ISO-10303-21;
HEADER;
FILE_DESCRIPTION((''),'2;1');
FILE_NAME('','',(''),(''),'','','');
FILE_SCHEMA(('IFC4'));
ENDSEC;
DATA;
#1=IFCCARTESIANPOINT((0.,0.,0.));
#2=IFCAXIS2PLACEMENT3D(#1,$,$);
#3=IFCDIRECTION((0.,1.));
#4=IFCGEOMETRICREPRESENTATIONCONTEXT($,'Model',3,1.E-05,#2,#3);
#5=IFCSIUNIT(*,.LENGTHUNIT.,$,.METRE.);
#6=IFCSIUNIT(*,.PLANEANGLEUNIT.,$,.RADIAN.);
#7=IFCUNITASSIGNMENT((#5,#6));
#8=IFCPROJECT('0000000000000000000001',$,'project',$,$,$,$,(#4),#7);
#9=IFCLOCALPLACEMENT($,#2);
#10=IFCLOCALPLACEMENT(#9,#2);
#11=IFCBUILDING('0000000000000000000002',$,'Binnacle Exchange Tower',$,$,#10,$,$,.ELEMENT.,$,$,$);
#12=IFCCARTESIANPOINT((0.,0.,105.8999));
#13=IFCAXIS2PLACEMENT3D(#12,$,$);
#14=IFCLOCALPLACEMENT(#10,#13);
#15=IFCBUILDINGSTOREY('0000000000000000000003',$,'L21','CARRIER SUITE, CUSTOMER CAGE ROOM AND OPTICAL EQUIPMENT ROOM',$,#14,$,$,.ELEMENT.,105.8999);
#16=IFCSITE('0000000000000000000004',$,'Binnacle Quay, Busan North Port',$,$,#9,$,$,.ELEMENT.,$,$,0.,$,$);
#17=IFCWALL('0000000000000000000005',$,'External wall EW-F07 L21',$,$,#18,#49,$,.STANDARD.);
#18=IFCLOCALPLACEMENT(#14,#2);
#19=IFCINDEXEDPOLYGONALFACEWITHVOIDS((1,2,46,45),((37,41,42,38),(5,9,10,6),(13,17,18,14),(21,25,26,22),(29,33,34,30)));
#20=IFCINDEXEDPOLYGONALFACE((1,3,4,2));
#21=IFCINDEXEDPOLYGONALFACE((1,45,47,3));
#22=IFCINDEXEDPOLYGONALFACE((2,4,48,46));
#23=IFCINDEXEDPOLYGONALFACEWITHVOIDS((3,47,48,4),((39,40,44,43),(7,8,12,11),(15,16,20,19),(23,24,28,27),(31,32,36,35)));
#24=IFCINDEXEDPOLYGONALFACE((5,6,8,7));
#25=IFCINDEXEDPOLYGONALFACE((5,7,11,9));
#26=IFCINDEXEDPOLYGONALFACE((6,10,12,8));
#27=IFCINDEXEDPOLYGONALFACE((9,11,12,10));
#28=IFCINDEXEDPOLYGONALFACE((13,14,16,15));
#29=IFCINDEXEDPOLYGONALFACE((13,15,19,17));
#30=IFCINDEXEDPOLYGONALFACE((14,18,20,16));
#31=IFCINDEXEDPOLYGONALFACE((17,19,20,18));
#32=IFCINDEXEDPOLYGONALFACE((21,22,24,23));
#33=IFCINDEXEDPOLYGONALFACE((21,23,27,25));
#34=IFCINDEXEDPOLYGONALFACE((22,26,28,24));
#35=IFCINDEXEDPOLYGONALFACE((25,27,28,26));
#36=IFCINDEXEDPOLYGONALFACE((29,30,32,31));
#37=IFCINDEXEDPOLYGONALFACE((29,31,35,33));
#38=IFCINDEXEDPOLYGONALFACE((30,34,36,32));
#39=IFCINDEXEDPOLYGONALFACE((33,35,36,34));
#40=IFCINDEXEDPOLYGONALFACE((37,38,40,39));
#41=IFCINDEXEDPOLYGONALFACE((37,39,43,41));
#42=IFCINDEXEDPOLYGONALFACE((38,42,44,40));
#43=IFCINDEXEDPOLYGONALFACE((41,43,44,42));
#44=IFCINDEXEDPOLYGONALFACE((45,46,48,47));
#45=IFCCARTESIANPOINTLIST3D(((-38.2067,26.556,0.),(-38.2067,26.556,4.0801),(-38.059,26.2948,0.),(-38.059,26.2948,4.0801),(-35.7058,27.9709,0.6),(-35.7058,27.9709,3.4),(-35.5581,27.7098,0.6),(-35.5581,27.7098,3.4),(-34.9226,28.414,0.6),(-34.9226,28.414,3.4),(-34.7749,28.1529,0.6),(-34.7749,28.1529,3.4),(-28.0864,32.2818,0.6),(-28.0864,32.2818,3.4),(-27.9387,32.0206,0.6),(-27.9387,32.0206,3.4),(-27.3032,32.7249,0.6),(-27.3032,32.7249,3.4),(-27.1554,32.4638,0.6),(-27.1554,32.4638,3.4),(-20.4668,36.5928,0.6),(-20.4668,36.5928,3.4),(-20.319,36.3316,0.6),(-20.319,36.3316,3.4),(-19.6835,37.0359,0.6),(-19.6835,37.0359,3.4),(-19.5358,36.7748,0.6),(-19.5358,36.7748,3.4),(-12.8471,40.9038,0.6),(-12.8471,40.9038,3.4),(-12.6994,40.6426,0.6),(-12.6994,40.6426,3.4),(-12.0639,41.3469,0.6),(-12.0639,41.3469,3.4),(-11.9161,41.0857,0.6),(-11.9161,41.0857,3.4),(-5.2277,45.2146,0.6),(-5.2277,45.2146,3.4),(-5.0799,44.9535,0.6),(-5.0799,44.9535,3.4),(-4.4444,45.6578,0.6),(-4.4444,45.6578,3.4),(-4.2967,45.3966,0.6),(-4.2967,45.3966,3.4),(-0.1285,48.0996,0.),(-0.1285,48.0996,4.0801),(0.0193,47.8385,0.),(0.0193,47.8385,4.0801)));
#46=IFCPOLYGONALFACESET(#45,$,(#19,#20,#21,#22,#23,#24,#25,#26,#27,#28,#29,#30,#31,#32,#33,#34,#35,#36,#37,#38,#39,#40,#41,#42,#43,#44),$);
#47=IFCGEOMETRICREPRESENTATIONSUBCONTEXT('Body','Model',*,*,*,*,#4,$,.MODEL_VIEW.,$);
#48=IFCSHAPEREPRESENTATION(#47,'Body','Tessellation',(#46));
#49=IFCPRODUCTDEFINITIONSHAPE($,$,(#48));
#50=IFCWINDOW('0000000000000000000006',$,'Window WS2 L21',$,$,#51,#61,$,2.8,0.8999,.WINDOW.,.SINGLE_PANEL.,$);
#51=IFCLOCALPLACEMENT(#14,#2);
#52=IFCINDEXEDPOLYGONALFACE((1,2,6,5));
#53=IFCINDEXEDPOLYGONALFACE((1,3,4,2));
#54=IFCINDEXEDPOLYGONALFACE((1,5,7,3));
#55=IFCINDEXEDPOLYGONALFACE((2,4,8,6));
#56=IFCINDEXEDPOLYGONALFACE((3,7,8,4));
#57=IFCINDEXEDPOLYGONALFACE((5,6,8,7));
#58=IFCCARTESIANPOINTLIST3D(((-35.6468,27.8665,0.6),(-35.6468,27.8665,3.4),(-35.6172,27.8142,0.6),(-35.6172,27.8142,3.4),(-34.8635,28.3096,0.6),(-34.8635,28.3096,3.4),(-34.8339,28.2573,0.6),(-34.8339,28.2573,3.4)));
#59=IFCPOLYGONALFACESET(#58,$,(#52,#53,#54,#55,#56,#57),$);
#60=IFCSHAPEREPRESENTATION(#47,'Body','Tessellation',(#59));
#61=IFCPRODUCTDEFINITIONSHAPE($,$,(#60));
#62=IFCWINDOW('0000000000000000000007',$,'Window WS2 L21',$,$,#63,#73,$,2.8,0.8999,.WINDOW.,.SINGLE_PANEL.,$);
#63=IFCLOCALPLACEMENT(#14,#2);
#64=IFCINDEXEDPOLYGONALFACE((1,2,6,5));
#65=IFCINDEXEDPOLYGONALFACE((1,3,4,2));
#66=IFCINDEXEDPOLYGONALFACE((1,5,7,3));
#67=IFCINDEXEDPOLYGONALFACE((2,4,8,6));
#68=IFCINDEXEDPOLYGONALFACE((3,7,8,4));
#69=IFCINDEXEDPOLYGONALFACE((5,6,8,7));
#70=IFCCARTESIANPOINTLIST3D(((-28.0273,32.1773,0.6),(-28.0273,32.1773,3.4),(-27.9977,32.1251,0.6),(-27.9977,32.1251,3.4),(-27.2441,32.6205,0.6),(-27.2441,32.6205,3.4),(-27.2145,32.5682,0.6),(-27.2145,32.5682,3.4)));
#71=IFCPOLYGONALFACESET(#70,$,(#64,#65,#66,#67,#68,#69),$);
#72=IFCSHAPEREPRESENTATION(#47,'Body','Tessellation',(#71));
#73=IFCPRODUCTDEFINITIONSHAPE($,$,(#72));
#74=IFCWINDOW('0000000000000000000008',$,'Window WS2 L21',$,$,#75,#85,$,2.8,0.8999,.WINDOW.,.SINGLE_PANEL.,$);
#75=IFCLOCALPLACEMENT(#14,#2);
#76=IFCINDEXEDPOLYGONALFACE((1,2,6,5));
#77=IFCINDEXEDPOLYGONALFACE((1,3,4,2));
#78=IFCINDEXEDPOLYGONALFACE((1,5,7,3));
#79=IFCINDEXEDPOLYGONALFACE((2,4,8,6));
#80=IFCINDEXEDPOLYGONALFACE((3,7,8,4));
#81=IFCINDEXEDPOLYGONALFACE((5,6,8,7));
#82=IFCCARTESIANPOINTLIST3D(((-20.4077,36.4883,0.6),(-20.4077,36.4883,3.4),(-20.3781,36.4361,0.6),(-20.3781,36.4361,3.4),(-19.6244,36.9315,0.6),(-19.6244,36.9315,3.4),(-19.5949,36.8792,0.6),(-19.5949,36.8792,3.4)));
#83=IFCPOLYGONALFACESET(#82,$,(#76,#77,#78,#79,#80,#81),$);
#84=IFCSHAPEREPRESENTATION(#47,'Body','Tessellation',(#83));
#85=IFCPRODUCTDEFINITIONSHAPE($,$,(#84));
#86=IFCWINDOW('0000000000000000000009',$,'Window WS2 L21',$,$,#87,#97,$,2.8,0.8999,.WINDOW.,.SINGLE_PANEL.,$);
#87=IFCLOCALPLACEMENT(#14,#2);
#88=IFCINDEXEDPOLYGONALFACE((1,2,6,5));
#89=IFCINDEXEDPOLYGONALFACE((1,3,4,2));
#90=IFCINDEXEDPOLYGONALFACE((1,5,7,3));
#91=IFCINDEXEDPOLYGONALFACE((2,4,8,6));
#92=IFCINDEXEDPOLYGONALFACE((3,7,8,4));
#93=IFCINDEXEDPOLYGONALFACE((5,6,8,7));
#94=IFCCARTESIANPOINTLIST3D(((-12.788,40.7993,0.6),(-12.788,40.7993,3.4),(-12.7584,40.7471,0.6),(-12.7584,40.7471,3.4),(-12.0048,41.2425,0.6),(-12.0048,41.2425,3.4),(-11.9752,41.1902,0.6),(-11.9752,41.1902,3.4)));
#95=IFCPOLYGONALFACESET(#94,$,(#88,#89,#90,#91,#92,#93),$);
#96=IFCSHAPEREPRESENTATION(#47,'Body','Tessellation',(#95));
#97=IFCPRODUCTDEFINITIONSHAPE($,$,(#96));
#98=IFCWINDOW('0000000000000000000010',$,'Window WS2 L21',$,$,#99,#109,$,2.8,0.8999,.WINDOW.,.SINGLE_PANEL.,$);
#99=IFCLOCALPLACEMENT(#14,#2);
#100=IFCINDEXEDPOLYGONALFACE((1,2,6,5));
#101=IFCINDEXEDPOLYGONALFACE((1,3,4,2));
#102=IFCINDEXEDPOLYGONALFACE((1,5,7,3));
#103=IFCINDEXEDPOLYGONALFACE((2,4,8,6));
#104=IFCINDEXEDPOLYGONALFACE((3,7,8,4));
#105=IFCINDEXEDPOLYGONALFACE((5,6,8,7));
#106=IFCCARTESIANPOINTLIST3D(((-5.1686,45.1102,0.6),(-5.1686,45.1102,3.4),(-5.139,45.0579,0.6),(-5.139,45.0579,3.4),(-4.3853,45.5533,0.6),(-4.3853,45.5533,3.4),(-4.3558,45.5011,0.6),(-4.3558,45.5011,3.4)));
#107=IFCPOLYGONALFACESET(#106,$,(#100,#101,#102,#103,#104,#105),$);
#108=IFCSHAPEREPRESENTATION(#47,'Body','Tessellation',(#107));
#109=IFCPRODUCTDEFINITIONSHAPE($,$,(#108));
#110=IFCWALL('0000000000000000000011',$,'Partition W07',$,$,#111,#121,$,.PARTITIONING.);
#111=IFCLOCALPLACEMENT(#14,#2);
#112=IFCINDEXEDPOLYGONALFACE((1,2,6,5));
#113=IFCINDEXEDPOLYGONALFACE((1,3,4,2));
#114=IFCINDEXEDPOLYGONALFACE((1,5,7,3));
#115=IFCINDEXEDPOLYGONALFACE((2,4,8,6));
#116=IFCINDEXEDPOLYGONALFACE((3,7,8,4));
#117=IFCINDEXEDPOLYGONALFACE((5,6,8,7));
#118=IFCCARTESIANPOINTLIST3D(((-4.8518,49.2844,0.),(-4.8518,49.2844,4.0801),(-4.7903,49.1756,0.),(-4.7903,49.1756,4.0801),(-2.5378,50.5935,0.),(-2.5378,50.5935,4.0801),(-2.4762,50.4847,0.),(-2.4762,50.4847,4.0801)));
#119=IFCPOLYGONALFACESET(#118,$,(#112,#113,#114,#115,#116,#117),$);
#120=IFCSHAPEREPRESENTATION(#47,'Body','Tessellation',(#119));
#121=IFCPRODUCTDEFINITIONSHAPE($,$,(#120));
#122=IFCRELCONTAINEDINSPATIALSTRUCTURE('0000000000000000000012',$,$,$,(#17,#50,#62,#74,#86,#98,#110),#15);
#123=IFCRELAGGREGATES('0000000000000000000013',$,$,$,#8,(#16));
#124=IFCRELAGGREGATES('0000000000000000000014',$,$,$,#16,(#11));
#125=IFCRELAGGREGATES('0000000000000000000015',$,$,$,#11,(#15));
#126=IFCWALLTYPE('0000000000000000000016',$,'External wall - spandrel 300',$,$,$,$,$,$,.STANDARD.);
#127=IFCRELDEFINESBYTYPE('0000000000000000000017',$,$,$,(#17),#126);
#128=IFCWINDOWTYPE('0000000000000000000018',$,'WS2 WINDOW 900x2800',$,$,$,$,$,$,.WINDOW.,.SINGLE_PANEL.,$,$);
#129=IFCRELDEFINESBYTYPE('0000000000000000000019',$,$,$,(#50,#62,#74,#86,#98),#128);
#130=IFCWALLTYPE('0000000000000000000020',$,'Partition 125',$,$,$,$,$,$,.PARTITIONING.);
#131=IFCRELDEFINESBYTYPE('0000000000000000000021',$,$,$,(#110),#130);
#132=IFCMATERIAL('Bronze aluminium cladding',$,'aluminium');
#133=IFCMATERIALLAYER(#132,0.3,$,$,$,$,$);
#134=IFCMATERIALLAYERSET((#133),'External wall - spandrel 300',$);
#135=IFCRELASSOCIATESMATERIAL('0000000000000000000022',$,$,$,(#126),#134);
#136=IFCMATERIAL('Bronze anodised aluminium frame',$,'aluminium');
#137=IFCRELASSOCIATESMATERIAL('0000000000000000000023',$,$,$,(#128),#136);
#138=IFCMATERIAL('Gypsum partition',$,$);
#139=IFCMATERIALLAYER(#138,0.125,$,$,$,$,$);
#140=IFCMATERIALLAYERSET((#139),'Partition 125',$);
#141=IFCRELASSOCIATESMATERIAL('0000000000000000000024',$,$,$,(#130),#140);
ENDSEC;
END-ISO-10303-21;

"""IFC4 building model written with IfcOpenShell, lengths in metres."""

from ifc_helpers import new_model, si_unit, direction, frame, frame_2d, origin, place, context, subcontext, project, spatial, rectangle, extrude, material, layer, layer_set, type_object, element, fill, save


model = new_model("IFC4")

# Units and contexts
model_context = context("Model", 3, precision=1e-05, world=origin(), true_north=direction((0.0, 1.0)))
body_context = subcontext(model_context, "Body", "Model", "MODEL_VIEW")
ifc_project = project(units=[si_unit("LENGTHUNIT", "METRE"), si_unit("PLANEANGLEUNIT", "RADIAN")], contexts=[model_context])

# Site, building, storey
site_placement = place(None, origin())
site = spatial("IfcSite", under=ifc_project, at=site_placement, Name="Binnacle Quay, Busan North Port", CompositionType="ELEMENT", RefElevation=0.0)
building_placement = place(site_placement, origin())
building = spatial("IfcBuilding", under=site, at=building_placement, Name="Binnacle Exchange Tower", CompositionType="ELEMENT")
storey_placement = place(building_placement, frame((0.0, 0.0, 105.8999)))
storey = spatial("IfcBuildingStorey", under=building, at=storey_placement, Name="L21", Description="CARRIER SUITE, CUSTOMER CAGE ROOM AND OPTICAL EQUIPMENT ROOM", CompositionType="ELEMENT", Elevation=105.8999)

# Wall, openings, windows
ifc_material_1 = material(Name="Bronze aluminium cladding", Category="aluminium")
ifc_layer_1 = layer(ifc_material_1, 0.3)
ifc_layer_set_1 = layer_set([ifc_layer_1], Name="External wall - spandrel 300")
wall_type_1 = type_object("IfcWallType", Name="External wall - spandrel 300", PredefinedType="STANDARD", material=ifc_layer_set_1)
wall_1_placement = place(storey_placement, frame((-0.0547, 47.969, 0.0), z_axis=(0.0, 0.0, 1.0), x_axis=(-0.870356, -0.492423, 0.0)))
wall_1 = element("IfcWall", 1, at=wall_1_placement, inside=storey, type_object=wall_type_1, Name="External wall EW-F07 L21", PredefinedType="STANDARD", context=body_context, shape_type="SweptSolid", body=[
    extrude(rectangle(XDim=43.7502, YDim=0.3, at=frame_2d((21.875, 0.0))), origin(), (0.0, 0.0, 1.0), 4.0801),
])
opening_1_placement = place(wall_1_placement, frame((39.9768, 0.0, 0.6001)))
opening_1 = element("IfcOpeningElement", 2, at=opening_1_placement, cuts=wall_1, PredefinedType="OPENING", context=body_context, shape_type="SweptSolid", body=[
    extrude(rectangle(XDim=0.8999, YDim=2.8, at=frame_2d((0.45, 1.3999))), frame((0.0, 0.1599, 0.0), z_axis=(0.0, -1.0, 0.0), x_axis=(1.0, 0.0, 0.0)), (0.0, 0.0, 1.0), 0.3201),
])
opening_2_placement = place(wall_1_placement, frame((31.2224, 0.0, 0.6001)))
opening_2 = element("IfcOpeningElement", 3, at=opening_2_placement, cuts=wall_1, PredefinedType="OPENING", context=body_context, shape_type="SweptSolid", body=[
    extrude(rectangle(XDim=0.8999, YDim=2.8, at=frame_2d((0.45, 1.3999))), frame((0.0, 0.1599, 0.0), z_axis=(0.0, -1.0, 0.0), x_axis=(1.0, 0.0, 0.0)), (0.0, 0.0, 1.0), 0.3201),
])
opening_3_placement = place(wall_1_placement, frame((22.4678, 0.0, 0.6001)))
opening_3 = element("IfcOpeningElement", 4, at=opening_3_placement, cuts=wall_1, PredefinedType="OPENING", context=body_context, shape_type="SweptSolid", body=[
    extrude(rectangle(XDim=0.8999, YDim=2.8, at=frame_2d((0.45, 1.3999))), frame((0.0, 0.1599, 0.0), z_axis=(0.0, -1.0, 0.0), x_axis=(1.0, 0.0, 0.0)), (0.0, 0.0, 1.0), 0.3201),
])
opening_4_placement = place(wall_1_placement, frame((13.7131, 0.0, 0.6001)))
opening_4 = element("IfcOpeningElement", 5, at=opening_4_placement, cuts=wall_1, PredefinedType="OPENING", context=body_context, shape_type="SweptSolid", body=[
    extrude(rectangle(XDim=0.8999, YDim=2.8, at=frame_2d((0.45, 1.3999))), frame((0.0, 0.1599, 0.0), z_axis=(0.0, -1.0, 0.0), x_axis=(1.0, 0.0, 0.0)), (0.0, 0.0, 1.0), 0.3201),
])
opening_5_placement = place(wall_1_placement, frame((4.9587, 0.0, 0.6001)))
opening_5 = element("IfcOpeningElement", 6, at=opening_5_placement, cuts=wall_1, PredefinedType="OPENING", context=body_context, shape_type="SweptSolid", body=[
    extrude(rectangle(XDim=0.8999, YDim=2.8, at=frame_2d((0.45, 1.3999))), frame((0.0, 0.1599, 0.0), z_axis=(0.0, -1.0, 0.0), x_axis=(1.0, 0.0, 0.0)), (0.0, 0.0, 1.0), 0.3201),
])
ifc_material_2 = material(Name="Bronze anodised aluminium frame", Category="aluminium")
window_type = type_object("IfcWindowType", Name="WS2 WINDOW 900x2800", PartitioningType="SINGLE_PANEL", PredefinedType="WINDOW", material=ifc_material_2)
window_1_placement = place(opening_1_placement, origin())
window_1 = element("IfcWindow", 7, at=window_1_placement, inside=storey, type_object=window_type, Name="Window WS2 L21", OverallHeight=2.8, OverallWidth=0.8999, PartitioningType="SINGLE_PANEL", PredefinedType="WINDOW", context=body_context, shape_type="SweptSolid", body=[
    extrude(rectangle(XDim=0.8999, YDim=2.8, at=frame_2d((0.45, 1.3999))), frame((0.0, 0.03, 0.0), z_axis=(0.0, -1.0, 0.0), x_axis=(1.0, 0.0, 0.0)), (0.0, 0.0, 1.0), 0.0601),
])
fill(opening_1, window_1)
window_2_placement = place(opening_2_placement, origin())
window_2 = element("IfcWindow", 8, at=window_2_placement, inside=storey, type_object=window_type, Name="Window WS2 L21", OverallHeight=2.8, OverallWidth=0.8999, PartitioningType="SINGLE_PANEL", PredefinedType="WINDOW", context=body_context, shape_type="SweptSolid", body=[
    extrude(rectangle(XDim=0.8999, YDim=2.8, at=frame_2d((0.45, 1.3999))), frame((0.0, 0.03, 0.0), z_axis=(0.0, -1.0, 0.0), x_axis=(1.0, 0.0, 0.0)), (0.0, 0.0, 1.0), 0.0601),
])
fill(opening_2, window_2)
window_3_placement = place(opening_3_placement, origin())
window_3 = element("IfcWindow", 9, at=window_3_placement, inside=storey, type_object=window_type, Name="Window WS2 L21", OverallHeight=2.8, OverallWidth=0.8999, PartitioningType="SINGLE_PANEL", PredefinedType="WINDOW", context=body_context, shape_type="SweptSolid", body=[
    extrude(rectangle(XDim=0.8999, YDim=2.8, at=frame_2d((0.45, 1.3999))), frame((0.0, 0.03, 0.0), z_axis=(0.0, -1.0, 0.0), x_axis=(1.0, 0.0, 0.0)), (0.0, 0.0, 1.0), 0.0601),
])
fill(opening_3, window_3)
window_4_placement = place(opening_4_placement, origin())
window_4 = element("IfcWindow", 10, at=window_4_placement, inside=storey, type_object=window_type, Name="Window WS2 L21", OverallHeight=2.8, OverallWidth=0.8999, PartitioningType="SINGLE_PANEL", PredefinedType="WINDOW", context=body_context, shape_type="SweptSolid", body=[
    extrude(rectangle(XDim=0.8999, YDim=2.8, at=frame_2d((0.45, 1.3999))), frame((0.0, 0.03, 0.0), z_axis=(0.0, -1.0, 0.0), x_axis=(1.0, 0.0, 0.0)), (0.0, 0.0, 1.0), 0.0601),
])
fill(opening_4, window_4)
window_5_placement = place(opening_5_placement, origin())
window_5 = element("IfcWindow", 11, at=window_5_placement, inside=storey, type_object=window_type, Name="Window WS2 L21", OverallHeight=2.8, OverallWidth=0.8999, PartitioningType="SINGLE_PANEL", PredefinedType="WINDOW", context=body_context, shape_type="SweptSolid", body=[
    extrude(rectangle(XDim=0.8999, YDim=2.8, at=frame_2d((0.45, 1.3999))), frame((0.0, 0.03, 0.0), z_axis=(0.0, -1.0, 0.0), x_axis=(1.0, 0.0, 0.0)), (0.0, 0.0, 1.0), 0.0601),
])
fill(opening_5, window_5)

# Wall
ifc_material_3 = material(Name="Gypsum partition")
ifc_layer_2 = layer(ifc_material_3, 0.125)
ifc_layer_set_2 = layer_set([ifc_layer_2], Name="Partition 125")
wall_type_2 = type_object("IfcWallType", Name="Partition 125", PredefinedType="PARTITIONING", material=ifc_layer_set_2)
wall_2_placement = place(storey_placement, frame((-4.821, 49.23, 0.0), z_axis=(0.0, 0.0, 1.0), x_axis=(0.870371, 0.492396, 0.0)))
element("IfcWall", 12, at=wall_2_placement, inside=storey, type_object=wall_type_2, Name="Partition W07", PredefinedType="PARTITIONING", context=body_context, shape_type="SweptSolid", body=[
    extrude(rectangle(XDim=2.6587, YDim=0.125, at=frame_2d((1.3293, 0.0))), origin(), (0.0, 0.0, 1.0), 4.0801),
])

save(model, "model.ifc")
